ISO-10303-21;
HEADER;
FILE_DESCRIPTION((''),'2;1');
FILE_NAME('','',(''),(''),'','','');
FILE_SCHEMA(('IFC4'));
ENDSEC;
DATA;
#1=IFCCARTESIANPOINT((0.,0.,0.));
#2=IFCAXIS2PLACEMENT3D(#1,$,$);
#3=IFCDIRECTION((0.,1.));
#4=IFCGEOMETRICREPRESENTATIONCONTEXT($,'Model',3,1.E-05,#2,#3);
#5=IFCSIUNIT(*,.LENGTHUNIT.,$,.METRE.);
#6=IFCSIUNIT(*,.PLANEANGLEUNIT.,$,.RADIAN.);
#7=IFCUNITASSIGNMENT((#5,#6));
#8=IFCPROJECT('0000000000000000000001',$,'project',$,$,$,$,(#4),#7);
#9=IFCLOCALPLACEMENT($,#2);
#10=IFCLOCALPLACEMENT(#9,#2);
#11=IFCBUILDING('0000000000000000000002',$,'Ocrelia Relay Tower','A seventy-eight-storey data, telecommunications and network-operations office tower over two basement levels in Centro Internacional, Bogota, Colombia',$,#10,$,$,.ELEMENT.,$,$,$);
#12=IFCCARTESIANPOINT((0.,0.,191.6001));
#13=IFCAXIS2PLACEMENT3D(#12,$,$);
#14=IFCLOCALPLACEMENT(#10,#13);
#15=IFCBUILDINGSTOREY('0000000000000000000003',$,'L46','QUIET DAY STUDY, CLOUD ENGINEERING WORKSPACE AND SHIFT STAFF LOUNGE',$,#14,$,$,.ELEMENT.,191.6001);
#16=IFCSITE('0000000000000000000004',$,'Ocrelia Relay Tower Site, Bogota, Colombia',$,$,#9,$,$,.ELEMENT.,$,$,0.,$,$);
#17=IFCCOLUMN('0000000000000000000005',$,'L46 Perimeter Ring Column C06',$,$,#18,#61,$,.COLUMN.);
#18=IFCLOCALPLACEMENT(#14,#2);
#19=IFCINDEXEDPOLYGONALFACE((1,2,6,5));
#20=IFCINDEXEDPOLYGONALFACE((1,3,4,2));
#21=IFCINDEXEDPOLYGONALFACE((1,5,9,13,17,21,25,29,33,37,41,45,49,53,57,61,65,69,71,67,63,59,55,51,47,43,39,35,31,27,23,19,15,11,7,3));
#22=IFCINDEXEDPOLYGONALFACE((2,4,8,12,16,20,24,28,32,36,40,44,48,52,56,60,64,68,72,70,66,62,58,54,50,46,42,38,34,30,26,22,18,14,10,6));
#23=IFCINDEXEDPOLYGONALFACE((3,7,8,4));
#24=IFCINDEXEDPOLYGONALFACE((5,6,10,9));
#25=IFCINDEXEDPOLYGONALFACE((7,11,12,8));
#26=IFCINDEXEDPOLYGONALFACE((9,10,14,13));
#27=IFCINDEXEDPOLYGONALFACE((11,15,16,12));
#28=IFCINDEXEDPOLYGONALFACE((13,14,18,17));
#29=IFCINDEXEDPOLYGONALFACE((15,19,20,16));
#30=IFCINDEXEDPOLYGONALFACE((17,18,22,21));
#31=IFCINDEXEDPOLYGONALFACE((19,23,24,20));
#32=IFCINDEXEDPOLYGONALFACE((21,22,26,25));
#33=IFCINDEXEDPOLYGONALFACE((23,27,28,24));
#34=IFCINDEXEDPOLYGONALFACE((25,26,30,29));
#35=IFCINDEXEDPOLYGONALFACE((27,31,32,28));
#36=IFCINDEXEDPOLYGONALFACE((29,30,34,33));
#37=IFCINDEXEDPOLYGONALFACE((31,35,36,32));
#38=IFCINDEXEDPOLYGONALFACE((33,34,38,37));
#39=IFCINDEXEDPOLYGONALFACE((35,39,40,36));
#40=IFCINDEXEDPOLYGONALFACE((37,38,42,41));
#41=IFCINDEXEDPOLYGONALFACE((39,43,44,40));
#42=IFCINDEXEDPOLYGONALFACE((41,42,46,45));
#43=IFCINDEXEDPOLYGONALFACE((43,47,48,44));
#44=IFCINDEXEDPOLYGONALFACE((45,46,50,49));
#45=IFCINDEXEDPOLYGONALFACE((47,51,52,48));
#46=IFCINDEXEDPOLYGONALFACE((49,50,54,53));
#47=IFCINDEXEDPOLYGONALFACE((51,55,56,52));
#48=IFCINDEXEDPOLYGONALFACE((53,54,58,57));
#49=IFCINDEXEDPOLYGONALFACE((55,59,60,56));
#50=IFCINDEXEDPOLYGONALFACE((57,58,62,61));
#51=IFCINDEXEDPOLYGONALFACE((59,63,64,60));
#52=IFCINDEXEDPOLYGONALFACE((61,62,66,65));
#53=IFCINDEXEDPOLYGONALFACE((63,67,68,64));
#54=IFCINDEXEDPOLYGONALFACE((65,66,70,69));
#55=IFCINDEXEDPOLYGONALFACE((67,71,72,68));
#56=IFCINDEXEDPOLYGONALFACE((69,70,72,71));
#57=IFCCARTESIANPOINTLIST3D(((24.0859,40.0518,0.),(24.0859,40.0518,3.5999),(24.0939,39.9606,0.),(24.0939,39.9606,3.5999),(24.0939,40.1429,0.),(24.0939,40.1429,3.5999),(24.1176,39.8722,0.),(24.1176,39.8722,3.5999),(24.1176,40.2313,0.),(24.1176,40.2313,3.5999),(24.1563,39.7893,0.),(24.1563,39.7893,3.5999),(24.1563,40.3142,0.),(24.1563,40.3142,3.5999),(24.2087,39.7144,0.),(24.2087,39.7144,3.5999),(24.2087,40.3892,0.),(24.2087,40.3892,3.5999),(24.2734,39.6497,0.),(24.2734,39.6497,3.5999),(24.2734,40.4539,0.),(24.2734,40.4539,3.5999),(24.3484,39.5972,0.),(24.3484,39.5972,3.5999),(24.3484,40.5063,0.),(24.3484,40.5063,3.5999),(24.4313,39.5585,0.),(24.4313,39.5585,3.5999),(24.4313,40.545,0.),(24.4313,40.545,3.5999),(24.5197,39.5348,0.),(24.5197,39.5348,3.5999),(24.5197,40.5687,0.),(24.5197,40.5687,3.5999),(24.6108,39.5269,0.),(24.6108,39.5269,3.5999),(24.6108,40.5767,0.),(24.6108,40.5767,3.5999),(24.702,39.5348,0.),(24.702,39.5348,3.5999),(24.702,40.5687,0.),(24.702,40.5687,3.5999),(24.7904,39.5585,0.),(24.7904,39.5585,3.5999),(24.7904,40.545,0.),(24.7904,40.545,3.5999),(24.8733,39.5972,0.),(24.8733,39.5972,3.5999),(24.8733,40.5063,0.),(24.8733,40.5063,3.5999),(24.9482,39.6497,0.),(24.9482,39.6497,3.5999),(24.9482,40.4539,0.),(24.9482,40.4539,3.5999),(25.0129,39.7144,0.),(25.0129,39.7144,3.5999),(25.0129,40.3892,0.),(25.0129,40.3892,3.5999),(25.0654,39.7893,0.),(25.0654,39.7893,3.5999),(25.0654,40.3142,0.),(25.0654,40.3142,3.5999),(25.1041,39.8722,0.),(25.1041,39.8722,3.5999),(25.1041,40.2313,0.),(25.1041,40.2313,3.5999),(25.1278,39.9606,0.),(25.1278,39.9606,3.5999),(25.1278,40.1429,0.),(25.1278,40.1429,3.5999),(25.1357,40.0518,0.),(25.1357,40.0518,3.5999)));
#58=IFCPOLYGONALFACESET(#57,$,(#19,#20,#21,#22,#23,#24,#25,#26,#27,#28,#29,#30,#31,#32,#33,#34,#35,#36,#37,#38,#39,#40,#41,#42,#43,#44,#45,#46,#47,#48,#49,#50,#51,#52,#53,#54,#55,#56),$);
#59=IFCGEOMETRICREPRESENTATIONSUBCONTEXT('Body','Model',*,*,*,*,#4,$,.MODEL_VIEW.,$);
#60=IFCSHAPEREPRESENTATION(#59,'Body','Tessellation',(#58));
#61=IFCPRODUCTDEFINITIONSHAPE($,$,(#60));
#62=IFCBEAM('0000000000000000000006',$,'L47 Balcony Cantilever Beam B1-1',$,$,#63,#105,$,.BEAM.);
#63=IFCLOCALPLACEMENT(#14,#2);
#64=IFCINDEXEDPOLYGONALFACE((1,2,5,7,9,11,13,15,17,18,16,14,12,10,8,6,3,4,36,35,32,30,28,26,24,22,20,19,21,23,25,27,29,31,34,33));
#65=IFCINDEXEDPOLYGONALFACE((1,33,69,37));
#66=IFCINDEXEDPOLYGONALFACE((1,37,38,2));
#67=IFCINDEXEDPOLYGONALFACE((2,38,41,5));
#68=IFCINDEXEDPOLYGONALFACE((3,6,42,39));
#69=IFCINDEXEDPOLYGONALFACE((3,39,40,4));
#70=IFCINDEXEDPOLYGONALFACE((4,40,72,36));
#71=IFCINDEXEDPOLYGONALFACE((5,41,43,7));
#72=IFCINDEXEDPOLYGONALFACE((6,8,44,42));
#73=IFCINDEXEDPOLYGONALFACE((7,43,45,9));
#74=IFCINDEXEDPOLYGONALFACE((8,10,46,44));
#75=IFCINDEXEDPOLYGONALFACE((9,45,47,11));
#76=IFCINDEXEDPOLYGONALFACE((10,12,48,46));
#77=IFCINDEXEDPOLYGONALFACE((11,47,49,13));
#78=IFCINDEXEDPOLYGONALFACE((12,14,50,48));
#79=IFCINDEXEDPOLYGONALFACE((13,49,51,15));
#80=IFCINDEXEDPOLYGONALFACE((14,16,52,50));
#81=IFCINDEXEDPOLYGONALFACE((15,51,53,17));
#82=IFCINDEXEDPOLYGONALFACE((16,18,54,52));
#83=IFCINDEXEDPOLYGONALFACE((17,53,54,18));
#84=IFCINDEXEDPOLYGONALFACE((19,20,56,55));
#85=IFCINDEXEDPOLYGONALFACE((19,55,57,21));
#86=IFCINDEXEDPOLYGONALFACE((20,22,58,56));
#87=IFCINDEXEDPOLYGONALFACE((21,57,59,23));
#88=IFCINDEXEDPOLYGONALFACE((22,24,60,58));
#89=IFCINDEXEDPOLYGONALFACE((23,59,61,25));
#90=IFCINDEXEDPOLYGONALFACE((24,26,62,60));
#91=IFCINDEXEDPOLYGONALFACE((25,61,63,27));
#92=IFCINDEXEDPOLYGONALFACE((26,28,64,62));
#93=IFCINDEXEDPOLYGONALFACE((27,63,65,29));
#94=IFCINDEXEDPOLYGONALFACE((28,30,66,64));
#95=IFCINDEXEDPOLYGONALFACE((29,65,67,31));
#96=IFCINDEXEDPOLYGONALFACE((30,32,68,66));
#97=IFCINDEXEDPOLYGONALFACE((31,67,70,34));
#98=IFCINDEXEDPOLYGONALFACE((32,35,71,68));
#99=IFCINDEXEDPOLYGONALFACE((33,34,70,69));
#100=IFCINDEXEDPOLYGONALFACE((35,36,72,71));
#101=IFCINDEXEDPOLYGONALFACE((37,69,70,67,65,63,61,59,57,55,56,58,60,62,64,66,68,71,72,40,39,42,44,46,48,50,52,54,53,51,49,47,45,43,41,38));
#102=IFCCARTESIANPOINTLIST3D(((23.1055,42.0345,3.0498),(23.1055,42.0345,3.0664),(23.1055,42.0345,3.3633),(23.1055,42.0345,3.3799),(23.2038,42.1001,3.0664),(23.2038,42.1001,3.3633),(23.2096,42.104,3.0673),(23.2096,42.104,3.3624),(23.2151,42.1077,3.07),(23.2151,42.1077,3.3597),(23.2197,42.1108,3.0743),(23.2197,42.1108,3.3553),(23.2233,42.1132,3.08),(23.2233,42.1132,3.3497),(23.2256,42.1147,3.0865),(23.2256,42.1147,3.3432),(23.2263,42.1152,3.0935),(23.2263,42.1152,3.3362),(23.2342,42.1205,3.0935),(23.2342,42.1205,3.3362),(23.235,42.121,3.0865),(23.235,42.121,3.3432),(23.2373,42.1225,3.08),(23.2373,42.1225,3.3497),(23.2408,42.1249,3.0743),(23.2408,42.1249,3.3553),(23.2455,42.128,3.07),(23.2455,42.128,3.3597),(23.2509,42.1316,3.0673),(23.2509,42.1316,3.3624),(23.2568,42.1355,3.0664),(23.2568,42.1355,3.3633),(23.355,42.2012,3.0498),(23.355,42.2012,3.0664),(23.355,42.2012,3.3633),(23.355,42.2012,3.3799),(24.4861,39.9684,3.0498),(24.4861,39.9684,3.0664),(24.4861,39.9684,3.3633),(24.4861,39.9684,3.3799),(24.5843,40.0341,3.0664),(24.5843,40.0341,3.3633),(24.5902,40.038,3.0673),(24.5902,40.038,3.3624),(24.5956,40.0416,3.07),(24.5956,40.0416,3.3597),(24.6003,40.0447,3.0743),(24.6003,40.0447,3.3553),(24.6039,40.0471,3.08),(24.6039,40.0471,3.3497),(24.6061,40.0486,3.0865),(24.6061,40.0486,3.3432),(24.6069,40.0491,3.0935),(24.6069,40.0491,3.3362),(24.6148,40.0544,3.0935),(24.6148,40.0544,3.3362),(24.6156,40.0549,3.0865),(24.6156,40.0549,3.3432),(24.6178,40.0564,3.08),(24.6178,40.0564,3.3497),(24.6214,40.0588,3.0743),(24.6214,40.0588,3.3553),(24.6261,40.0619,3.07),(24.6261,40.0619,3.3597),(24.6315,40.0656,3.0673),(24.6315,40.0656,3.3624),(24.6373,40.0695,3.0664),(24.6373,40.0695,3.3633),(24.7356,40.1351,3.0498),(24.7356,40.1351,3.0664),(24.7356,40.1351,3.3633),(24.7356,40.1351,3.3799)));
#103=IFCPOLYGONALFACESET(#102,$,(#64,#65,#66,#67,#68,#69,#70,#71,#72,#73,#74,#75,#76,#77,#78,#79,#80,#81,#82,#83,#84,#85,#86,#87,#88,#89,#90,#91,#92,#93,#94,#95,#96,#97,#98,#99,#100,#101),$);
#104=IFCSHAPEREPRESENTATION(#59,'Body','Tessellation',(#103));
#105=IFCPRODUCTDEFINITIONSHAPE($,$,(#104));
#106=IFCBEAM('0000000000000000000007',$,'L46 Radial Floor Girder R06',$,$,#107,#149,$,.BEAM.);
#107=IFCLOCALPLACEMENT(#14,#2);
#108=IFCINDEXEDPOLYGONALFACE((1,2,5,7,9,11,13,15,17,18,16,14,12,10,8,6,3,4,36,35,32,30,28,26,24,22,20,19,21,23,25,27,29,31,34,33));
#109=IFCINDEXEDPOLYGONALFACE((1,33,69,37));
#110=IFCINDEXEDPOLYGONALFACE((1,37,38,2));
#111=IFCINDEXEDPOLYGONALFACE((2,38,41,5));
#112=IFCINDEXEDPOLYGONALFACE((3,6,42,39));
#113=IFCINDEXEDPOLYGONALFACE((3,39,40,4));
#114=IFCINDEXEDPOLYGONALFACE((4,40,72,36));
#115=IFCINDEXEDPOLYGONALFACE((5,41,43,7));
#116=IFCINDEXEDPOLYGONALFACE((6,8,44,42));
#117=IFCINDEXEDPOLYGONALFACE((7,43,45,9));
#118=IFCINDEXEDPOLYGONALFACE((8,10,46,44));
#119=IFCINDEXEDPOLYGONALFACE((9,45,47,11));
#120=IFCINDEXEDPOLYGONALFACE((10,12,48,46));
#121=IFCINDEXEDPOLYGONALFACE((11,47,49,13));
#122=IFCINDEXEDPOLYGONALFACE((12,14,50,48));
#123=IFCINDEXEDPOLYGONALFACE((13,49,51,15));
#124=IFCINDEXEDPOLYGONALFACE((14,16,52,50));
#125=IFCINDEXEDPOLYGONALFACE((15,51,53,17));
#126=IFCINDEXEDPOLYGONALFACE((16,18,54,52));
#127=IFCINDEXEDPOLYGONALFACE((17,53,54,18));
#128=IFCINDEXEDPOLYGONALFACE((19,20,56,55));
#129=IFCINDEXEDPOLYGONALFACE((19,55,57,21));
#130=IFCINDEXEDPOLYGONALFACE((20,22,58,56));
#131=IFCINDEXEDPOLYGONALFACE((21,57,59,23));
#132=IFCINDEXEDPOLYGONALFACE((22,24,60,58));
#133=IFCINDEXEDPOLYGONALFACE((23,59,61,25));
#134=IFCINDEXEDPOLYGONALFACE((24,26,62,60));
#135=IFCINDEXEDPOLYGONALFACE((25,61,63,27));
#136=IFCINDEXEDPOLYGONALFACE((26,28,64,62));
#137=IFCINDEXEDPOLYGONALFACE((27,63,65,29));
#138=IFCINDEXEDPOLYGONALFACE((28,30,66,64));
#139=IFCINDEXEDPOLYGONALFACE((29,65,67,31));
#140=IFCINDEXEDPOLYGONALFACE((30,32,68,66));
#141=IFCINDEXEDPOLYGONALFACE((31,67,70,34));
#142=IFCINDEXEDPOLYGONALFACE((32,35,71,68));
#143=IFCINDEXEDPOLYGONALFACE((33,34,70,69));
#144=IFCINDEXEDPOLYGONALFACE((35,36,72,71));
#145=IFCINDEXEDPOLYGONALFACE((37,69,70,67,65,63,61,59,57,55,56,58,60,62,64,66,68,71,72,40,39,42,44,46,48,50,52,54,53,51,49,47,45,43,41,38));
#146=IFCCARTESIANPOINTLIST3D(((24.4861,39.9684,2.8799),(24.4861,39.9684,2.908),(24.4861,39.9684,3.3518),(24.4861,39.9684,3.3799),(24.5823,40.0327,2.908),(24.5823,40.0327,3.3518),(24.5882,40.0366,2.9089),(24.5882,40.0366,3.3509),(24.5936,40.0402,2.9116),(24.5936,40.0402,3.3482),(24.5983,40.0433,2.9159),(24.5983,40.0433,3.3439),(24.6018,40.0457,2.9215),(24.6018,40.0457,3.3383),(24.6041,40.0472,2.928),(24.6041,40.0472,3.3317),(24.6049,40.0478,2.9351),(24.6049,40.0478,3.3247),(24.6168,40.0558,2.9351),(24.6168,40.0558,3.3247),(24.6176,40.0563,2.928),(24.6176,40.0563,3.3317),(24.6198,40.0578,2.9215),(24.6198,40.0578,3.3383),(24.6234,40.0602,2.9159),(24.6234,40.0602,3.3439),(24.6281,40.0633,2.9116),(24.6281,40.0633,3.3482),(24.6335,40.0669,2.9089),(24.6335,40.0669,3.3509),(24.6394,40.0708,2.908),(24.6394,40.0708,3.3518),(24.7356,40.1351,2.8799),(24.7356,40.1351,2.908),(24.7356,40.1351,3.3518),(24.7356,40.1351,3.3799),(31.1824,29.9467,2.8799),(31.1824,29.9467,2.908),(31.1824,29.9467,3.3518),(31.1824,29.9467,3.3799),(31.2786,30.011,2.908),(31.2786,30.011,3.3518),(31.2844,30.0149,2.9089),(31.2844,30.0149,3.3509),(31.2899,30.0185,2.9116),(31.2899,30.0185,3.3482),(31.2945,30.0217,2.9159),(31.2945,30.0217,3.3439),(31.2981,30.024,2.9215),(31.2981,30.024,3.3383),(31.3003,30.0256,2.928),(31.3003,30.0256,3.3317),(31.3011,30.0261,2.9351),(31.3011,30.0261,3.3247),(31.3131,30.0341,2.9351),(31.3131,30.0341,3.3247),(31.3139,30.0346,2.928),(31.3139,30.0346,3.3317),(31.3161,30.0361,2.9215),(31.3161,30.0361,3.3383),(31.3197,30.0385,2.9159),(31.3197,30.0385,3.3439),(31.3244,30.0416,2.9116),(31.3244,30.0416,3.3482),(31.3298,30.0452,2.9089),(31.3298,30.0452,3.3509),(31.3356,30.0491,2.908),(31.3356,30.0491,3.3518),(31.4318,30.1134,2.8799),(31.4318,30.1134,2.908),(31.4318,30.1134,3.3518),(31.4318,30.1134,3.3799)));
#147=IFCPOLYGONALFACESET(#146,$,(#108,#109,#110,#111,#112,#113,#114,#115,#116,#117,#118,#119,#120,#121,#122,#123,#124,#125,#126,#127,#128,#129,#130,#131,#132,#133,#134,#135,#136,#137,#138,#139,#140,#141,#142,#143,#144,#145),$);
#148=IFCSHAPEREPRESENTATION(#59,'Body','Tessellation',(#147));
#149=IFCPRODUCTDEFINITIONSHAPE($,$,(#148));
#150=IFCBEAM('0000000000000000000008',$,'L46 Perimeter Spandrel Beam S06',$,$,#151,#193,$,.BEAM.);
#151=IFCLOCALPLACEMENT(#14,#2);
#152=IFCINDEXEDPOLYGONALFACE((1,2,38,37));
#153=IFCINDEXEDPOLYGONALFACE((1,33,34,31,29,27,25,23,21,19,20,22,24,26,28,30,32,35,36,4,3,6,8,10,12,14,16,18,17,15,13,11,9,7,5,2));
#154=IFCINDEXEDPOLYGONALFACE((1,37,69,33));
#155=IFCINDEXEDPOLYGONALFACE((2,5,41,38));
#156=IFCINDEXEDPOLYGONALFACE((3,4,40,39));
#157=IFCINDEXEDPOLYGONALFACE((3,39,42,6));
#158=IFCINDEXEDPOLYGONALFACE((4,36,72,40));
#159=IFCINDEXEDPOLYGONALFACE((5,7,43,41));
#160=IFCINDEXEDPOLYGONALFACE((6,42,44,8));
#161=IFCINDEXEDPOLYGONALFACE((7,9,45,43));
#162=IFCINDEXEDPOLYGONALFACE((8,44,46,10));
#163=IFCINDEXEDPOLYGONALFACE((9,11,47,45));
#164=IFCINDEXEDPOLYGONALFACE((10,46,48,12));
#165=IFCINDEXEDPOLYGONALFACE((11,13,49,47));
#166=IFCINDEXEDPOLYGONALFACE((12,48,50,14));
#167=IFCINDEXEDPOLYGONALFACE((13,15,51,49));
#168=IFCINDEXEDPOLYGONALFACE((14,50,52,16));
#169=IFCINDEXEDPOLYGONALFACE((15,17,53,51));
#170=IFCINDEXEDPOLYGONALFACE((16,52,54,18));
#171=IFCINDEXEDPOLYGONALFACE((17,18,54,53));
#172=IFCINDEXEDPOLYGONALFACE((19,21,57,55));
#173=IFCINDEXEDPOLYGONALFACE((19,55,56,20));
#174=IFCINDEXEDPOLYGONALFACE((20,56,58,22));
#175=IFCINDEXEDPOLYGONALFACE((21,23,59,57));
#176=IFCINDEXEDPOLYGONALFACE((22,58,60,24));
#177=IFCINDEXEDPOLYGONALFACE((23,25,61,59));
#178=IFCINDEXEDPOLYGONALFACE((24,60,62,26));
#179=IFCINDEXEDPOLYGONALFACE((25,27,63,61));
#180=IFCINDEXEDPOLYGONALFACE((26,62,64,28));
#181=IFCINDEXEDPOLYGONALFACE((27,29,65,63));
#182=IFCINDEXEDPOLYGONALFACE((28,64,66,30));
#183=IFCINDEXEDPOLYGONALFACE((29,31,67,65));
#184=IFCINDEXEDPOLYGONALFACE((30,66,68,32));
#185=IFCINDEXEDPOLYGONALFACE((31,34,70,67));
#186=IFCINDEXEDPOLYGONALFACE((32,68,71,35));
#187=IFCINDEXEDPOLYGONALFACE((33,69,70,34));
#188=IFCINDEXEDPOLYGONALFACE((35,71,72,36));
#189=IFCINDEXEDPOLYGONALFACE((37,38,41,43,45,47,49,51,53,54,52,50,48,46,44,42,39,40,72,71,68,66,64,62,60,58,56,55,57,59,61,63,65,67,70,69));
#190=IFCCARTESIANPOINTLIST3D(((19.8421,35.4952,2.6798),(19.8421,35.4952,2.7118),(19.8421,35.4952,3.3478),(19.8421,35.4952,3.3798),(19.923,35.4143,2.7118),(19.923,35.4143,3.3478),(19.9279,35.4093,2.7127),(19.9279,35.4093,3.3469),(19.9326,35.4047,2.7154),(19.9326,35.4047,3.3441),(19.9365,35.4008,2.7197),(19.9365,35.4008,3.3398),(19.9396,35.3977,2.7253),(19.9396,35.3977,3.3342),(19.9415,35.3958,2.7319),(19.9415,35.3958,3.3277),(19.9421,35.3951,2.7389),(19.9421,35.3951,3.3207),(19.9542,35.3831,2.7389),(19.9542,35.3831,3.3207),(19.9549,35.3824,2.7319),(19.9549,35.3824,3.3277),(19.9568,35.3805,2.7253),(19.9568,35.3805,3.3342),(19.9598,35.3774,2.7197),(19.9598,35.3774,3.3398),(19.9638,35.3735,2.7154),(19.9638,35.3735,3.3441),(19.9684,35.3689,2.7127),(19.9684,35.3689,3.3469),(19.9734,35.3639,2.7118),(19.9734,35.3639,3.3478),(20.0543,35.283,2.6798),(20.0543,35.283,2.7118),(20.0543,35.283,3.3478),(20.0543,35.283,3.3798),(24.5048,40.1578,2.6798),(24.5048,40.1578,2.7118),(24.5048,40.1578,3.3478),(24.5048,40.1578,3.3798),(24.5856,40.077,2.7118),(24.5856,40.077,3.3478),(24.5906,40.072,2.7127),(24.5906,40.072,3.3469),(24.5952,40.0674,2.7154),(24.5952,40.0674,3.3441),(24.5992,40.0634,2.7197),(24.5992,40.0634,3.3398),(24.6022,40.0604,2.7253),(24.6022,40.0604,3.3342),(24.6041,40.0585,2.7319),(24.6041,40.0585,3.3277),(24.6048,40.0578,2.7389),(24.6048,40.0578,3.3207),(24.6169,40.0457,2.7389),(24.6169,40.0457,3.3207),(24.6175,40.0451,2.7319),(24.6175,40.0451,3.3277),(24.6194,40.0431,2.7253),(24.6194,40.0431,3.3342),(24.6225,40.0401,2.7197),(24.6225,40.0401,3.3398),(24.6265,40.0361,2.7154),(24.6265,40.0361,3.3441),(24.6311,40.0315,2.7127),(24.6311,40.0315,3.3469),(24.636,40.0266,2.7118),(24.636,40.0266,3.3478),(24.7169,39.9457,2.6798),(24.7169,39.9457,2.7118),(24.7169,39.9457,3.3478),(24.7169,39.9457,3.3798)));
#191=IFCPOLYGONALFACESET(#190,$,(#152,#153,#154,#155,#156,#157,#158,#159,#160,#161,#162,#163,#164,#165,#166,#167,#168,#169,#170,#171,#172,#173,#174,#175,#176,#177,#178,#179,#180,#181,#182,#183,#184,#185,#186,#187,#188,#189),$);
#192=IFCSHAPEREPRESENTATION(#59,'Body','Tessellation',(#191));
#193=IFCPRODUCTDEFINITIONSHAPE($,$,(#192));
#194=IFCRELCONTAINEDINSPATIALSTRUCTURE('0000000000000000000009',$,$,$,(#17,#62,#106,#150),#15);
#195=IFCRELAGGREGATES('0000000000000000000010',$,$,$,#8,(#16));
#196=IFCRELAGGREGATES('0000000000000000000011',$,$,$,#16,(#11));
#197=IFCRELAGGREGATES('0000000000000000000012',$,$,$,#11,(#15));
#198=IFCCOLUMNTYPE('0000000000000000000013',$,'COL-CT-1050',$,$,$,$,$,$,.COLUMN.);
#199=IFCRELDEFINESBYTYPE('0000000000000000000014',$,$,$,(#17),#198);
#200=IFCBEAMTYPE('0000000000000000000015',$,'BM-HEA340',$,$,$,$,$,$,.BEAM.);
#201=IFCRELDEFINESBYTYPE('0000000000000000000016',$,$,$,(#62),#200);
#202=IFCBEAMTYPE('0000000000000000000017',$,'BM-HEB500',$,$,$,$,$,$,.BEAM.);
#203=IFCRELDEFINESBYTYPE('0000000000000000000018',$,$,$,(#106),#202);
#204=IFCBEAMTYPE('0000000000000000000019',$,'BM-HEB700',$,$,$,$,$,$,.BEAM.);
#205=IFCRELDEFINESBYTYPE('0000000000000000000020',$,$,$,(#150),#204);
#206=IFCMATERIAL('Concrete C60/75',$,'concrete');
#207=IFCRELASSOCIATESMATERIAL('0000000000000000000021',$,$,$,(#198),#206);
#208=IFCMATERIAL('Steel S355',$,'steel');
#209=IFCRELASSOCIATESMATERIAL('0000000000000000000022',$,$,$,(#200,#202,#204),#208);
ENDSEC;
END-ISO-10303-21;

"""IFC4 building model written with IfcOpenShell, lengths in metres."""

from ifc_helpers import new_model, si_unit, direction, frame, origin, origin_2d, place, context, subcontext, project, spatial, circle, i_section, extrude, material, material_profile, profile_set, type_object, element, save


model = new_model("IFC4")

# Units and contexts
model_context = context("Model", 3, precision=1e-05, world=origin(), true_north=direction((0.0, 1.0)))
body_context = subcontext(model_context, "Body", "Model", "MODEL_VIEW")
ifc_project = project(units=[si_unit("LENGTHUNIT", "METRE"), si_unit("PLANEANGLEUNIT", "RADIAN")], contexts=[model_context])

# Site, building, storey
site_placement = place(None, origin())
site = spatial("IfcSite", under=ifc_project, at=site_placement, Name="Ocrelia Relay Tower Site, Bogota, Colombia", CompositionType="ELEMENT", RefElevation=0.0)
building_placement = place(site_placement, origin())
building = spatial("IfcBuilding", under=site, at=building_placement, Name="Ocrelia Relay Tower", Description="A seventy-eight-storey data, telecommunications and network-operations office tower over two basement levels in Centro Internacional, Bogota, Colombia", CompositionType="ELEMENT")
storey_placement = place(building_placement, frame((0.0, 0.0, 191.6001)))
storey = spatial("IfcBuildingStorey", under=building, at=storey_placement, Name="L46", Description="QUIET DAY STUDY, CLOUD ENGINEERING WORKSPACE AND SHIFT STAFF LOUNGE", CompositionType="ELEMENT", Elevation=191.6001)

# Column
ifc_material_1 = material(Name="Concrete C60/75", Category="concrete")
ifc_material_profile_1 = material_profile(ifc_material_1, circle(Radius=0.5249, at=origin_2d()), Name="RC-CIR-1050")
ifc_profile_set_1 = profile_set([ifc_material_profile_1], Name="Concrete C60/75")
column_type = type_object("IfcColumnType", Name="COL-CT-1050", PredefinedType="COLUMN", material=ifc_profile_set_1)
column_placement = place(storey_placement, frame((24.6108, 40.0518, 0.0), z_axis=(0.0, 0.0, 1.0), x_axis=(1.0, 0.0, 0.0)))
element("IfcColumn", 1, at=column_placement, inside=storey, type_object=column_type, Name="L46 Perimeter Ring Column C06", PredefinedType="COLUMN", context=body_context, shape_type="SweptSolid", body=[
    extrude(circle(Radius=0.5249, at=origin_2d()), origin(), (0.0, 0.0, 1.0), 3.5999),
])

# Beams
ifc_material_2 = material(Name="Steel S355", Category="steel")
ifc_material_profile_2 = material_profile(ifc_material_2, i_section(OverallWidth=0.3, OverallDepth=0.3301, WebThickness=0.0095, FlangeThickness=0.0166, FilletRadius=0.0271, at=origin_2d()), Name="HEA 340")
ifc_profile_set_2 = profile_set([ifc_material_profile_2], Name="Steel S355")
beam_type_1 = type_object("IfcBeamType", Name="BM-HEA340", PredefinedType="BEAM", material=ifc_profile_set_2)
beam_1_placement = place(storey_placement, frame((24.6108, 40.0518, 3.2148), z_axis=(-0.555584, 0.83146, 0.0), x_axis=(-0.83146, -0.555584, 0.0)))
element("IfcBeam", 2, at=beam_1_placement, inside=storey, type_object=beam_type_1, Name="L47 Balcony Cantilever Beam B1-1", PredefinedType="BEAM", context=body_context, shape_type="SweptSolid", body=[
    extrude(i_section(OverallWidth=0.3, OverallDepth=0.3301, WebThickness=0.0095, FlangeThickness=0.0166, FilletRadius=0.0271, at=origin_2d()), origin(), (0.0, 0.0, 1.0), 2.4849),
])
ifc_material_profile_3 = material_profile(ifc_material_2, i_section(OverallWidth=0.3, OverallDepth=0.5, WebThickness=0.0144, FlangeThickness=0.0281, FilletRadius=0.0271, at=origin_2d()), Name="HEB 500")
ifc_profile_set_3 = profile_set([ifc_material_profile_3], Name="Steel S355")
beam_type_2 = type_object("IfcBeamType", Name="BM-HEB500", PredefinedType="BEAM", material=ifc_profile_set_3)
beam_2_placement = place(storey_placement, frame((24.6108, 40.0518, 3.1299), z_axis=(0.555569, -0.83147, 0.0), x_axis=(0.83147, 0.555569, 0.0)))
element("IfcBeam", 3, at=beam_2_placement, inside=storey, type_object=beam_type_2, Name="L46 Radial Floor Girder R06", PredefinedType="BEAM", context=body_context, shape_type="SweptSolid", body=[
    extrude(i_section(OverallWidth=0.3, OverallDepth=0.5, WebThickness=0.0144, FlangeThickness=0.0281, FilletRadius=0.0271, at=origin_2d()), origin(), (0.0, 0.0, 1.0), 12.053),
])
ifc_material_profile_4 = material_profile(ifc_material_2, i_section(OverallWidth=0.3, OverallDepth=0.7, WebThickness=0.0171, FlangeThickness=0.032, FilletRadius=0.0271, at=origin_2d()), Name="HEB 700")
ifc_profile_set_4 = profile_set([ifc_material_profile_4], Name="Steel S355")
beam_type_3 = type_object("IfcBeamType", Name="BM-HEB700", PredefinedType="BEAM", material=ifc_profile_set_4)
beam_3_placement = place(storey_placement, frame((24.6108, 40.0518, 3.0298), z_axis=(-0.707107, -0.707107, 0.0), x_axis=(0.707107, -0.707107, 0.0)))
element("IfcBeam", 4, at=beam_3_placement, inside=storey, type_object=beam_type_3, Name="L46 Perimeter Spandrel Beam S06", PredefinedType="BEAM", context=body_context, shape_type="SweptSolid", body=[
    extrude(i_section(OverallWidth=0.3, OverallDepth=0.7, WebThickness=0.0171, FlangeThickness=0.032, FilletRadius=0.0271, at=origin_2d()), origin(), (0.0, 0.0, 1.0), 6.594),
])

save(model, "model.ifc")
